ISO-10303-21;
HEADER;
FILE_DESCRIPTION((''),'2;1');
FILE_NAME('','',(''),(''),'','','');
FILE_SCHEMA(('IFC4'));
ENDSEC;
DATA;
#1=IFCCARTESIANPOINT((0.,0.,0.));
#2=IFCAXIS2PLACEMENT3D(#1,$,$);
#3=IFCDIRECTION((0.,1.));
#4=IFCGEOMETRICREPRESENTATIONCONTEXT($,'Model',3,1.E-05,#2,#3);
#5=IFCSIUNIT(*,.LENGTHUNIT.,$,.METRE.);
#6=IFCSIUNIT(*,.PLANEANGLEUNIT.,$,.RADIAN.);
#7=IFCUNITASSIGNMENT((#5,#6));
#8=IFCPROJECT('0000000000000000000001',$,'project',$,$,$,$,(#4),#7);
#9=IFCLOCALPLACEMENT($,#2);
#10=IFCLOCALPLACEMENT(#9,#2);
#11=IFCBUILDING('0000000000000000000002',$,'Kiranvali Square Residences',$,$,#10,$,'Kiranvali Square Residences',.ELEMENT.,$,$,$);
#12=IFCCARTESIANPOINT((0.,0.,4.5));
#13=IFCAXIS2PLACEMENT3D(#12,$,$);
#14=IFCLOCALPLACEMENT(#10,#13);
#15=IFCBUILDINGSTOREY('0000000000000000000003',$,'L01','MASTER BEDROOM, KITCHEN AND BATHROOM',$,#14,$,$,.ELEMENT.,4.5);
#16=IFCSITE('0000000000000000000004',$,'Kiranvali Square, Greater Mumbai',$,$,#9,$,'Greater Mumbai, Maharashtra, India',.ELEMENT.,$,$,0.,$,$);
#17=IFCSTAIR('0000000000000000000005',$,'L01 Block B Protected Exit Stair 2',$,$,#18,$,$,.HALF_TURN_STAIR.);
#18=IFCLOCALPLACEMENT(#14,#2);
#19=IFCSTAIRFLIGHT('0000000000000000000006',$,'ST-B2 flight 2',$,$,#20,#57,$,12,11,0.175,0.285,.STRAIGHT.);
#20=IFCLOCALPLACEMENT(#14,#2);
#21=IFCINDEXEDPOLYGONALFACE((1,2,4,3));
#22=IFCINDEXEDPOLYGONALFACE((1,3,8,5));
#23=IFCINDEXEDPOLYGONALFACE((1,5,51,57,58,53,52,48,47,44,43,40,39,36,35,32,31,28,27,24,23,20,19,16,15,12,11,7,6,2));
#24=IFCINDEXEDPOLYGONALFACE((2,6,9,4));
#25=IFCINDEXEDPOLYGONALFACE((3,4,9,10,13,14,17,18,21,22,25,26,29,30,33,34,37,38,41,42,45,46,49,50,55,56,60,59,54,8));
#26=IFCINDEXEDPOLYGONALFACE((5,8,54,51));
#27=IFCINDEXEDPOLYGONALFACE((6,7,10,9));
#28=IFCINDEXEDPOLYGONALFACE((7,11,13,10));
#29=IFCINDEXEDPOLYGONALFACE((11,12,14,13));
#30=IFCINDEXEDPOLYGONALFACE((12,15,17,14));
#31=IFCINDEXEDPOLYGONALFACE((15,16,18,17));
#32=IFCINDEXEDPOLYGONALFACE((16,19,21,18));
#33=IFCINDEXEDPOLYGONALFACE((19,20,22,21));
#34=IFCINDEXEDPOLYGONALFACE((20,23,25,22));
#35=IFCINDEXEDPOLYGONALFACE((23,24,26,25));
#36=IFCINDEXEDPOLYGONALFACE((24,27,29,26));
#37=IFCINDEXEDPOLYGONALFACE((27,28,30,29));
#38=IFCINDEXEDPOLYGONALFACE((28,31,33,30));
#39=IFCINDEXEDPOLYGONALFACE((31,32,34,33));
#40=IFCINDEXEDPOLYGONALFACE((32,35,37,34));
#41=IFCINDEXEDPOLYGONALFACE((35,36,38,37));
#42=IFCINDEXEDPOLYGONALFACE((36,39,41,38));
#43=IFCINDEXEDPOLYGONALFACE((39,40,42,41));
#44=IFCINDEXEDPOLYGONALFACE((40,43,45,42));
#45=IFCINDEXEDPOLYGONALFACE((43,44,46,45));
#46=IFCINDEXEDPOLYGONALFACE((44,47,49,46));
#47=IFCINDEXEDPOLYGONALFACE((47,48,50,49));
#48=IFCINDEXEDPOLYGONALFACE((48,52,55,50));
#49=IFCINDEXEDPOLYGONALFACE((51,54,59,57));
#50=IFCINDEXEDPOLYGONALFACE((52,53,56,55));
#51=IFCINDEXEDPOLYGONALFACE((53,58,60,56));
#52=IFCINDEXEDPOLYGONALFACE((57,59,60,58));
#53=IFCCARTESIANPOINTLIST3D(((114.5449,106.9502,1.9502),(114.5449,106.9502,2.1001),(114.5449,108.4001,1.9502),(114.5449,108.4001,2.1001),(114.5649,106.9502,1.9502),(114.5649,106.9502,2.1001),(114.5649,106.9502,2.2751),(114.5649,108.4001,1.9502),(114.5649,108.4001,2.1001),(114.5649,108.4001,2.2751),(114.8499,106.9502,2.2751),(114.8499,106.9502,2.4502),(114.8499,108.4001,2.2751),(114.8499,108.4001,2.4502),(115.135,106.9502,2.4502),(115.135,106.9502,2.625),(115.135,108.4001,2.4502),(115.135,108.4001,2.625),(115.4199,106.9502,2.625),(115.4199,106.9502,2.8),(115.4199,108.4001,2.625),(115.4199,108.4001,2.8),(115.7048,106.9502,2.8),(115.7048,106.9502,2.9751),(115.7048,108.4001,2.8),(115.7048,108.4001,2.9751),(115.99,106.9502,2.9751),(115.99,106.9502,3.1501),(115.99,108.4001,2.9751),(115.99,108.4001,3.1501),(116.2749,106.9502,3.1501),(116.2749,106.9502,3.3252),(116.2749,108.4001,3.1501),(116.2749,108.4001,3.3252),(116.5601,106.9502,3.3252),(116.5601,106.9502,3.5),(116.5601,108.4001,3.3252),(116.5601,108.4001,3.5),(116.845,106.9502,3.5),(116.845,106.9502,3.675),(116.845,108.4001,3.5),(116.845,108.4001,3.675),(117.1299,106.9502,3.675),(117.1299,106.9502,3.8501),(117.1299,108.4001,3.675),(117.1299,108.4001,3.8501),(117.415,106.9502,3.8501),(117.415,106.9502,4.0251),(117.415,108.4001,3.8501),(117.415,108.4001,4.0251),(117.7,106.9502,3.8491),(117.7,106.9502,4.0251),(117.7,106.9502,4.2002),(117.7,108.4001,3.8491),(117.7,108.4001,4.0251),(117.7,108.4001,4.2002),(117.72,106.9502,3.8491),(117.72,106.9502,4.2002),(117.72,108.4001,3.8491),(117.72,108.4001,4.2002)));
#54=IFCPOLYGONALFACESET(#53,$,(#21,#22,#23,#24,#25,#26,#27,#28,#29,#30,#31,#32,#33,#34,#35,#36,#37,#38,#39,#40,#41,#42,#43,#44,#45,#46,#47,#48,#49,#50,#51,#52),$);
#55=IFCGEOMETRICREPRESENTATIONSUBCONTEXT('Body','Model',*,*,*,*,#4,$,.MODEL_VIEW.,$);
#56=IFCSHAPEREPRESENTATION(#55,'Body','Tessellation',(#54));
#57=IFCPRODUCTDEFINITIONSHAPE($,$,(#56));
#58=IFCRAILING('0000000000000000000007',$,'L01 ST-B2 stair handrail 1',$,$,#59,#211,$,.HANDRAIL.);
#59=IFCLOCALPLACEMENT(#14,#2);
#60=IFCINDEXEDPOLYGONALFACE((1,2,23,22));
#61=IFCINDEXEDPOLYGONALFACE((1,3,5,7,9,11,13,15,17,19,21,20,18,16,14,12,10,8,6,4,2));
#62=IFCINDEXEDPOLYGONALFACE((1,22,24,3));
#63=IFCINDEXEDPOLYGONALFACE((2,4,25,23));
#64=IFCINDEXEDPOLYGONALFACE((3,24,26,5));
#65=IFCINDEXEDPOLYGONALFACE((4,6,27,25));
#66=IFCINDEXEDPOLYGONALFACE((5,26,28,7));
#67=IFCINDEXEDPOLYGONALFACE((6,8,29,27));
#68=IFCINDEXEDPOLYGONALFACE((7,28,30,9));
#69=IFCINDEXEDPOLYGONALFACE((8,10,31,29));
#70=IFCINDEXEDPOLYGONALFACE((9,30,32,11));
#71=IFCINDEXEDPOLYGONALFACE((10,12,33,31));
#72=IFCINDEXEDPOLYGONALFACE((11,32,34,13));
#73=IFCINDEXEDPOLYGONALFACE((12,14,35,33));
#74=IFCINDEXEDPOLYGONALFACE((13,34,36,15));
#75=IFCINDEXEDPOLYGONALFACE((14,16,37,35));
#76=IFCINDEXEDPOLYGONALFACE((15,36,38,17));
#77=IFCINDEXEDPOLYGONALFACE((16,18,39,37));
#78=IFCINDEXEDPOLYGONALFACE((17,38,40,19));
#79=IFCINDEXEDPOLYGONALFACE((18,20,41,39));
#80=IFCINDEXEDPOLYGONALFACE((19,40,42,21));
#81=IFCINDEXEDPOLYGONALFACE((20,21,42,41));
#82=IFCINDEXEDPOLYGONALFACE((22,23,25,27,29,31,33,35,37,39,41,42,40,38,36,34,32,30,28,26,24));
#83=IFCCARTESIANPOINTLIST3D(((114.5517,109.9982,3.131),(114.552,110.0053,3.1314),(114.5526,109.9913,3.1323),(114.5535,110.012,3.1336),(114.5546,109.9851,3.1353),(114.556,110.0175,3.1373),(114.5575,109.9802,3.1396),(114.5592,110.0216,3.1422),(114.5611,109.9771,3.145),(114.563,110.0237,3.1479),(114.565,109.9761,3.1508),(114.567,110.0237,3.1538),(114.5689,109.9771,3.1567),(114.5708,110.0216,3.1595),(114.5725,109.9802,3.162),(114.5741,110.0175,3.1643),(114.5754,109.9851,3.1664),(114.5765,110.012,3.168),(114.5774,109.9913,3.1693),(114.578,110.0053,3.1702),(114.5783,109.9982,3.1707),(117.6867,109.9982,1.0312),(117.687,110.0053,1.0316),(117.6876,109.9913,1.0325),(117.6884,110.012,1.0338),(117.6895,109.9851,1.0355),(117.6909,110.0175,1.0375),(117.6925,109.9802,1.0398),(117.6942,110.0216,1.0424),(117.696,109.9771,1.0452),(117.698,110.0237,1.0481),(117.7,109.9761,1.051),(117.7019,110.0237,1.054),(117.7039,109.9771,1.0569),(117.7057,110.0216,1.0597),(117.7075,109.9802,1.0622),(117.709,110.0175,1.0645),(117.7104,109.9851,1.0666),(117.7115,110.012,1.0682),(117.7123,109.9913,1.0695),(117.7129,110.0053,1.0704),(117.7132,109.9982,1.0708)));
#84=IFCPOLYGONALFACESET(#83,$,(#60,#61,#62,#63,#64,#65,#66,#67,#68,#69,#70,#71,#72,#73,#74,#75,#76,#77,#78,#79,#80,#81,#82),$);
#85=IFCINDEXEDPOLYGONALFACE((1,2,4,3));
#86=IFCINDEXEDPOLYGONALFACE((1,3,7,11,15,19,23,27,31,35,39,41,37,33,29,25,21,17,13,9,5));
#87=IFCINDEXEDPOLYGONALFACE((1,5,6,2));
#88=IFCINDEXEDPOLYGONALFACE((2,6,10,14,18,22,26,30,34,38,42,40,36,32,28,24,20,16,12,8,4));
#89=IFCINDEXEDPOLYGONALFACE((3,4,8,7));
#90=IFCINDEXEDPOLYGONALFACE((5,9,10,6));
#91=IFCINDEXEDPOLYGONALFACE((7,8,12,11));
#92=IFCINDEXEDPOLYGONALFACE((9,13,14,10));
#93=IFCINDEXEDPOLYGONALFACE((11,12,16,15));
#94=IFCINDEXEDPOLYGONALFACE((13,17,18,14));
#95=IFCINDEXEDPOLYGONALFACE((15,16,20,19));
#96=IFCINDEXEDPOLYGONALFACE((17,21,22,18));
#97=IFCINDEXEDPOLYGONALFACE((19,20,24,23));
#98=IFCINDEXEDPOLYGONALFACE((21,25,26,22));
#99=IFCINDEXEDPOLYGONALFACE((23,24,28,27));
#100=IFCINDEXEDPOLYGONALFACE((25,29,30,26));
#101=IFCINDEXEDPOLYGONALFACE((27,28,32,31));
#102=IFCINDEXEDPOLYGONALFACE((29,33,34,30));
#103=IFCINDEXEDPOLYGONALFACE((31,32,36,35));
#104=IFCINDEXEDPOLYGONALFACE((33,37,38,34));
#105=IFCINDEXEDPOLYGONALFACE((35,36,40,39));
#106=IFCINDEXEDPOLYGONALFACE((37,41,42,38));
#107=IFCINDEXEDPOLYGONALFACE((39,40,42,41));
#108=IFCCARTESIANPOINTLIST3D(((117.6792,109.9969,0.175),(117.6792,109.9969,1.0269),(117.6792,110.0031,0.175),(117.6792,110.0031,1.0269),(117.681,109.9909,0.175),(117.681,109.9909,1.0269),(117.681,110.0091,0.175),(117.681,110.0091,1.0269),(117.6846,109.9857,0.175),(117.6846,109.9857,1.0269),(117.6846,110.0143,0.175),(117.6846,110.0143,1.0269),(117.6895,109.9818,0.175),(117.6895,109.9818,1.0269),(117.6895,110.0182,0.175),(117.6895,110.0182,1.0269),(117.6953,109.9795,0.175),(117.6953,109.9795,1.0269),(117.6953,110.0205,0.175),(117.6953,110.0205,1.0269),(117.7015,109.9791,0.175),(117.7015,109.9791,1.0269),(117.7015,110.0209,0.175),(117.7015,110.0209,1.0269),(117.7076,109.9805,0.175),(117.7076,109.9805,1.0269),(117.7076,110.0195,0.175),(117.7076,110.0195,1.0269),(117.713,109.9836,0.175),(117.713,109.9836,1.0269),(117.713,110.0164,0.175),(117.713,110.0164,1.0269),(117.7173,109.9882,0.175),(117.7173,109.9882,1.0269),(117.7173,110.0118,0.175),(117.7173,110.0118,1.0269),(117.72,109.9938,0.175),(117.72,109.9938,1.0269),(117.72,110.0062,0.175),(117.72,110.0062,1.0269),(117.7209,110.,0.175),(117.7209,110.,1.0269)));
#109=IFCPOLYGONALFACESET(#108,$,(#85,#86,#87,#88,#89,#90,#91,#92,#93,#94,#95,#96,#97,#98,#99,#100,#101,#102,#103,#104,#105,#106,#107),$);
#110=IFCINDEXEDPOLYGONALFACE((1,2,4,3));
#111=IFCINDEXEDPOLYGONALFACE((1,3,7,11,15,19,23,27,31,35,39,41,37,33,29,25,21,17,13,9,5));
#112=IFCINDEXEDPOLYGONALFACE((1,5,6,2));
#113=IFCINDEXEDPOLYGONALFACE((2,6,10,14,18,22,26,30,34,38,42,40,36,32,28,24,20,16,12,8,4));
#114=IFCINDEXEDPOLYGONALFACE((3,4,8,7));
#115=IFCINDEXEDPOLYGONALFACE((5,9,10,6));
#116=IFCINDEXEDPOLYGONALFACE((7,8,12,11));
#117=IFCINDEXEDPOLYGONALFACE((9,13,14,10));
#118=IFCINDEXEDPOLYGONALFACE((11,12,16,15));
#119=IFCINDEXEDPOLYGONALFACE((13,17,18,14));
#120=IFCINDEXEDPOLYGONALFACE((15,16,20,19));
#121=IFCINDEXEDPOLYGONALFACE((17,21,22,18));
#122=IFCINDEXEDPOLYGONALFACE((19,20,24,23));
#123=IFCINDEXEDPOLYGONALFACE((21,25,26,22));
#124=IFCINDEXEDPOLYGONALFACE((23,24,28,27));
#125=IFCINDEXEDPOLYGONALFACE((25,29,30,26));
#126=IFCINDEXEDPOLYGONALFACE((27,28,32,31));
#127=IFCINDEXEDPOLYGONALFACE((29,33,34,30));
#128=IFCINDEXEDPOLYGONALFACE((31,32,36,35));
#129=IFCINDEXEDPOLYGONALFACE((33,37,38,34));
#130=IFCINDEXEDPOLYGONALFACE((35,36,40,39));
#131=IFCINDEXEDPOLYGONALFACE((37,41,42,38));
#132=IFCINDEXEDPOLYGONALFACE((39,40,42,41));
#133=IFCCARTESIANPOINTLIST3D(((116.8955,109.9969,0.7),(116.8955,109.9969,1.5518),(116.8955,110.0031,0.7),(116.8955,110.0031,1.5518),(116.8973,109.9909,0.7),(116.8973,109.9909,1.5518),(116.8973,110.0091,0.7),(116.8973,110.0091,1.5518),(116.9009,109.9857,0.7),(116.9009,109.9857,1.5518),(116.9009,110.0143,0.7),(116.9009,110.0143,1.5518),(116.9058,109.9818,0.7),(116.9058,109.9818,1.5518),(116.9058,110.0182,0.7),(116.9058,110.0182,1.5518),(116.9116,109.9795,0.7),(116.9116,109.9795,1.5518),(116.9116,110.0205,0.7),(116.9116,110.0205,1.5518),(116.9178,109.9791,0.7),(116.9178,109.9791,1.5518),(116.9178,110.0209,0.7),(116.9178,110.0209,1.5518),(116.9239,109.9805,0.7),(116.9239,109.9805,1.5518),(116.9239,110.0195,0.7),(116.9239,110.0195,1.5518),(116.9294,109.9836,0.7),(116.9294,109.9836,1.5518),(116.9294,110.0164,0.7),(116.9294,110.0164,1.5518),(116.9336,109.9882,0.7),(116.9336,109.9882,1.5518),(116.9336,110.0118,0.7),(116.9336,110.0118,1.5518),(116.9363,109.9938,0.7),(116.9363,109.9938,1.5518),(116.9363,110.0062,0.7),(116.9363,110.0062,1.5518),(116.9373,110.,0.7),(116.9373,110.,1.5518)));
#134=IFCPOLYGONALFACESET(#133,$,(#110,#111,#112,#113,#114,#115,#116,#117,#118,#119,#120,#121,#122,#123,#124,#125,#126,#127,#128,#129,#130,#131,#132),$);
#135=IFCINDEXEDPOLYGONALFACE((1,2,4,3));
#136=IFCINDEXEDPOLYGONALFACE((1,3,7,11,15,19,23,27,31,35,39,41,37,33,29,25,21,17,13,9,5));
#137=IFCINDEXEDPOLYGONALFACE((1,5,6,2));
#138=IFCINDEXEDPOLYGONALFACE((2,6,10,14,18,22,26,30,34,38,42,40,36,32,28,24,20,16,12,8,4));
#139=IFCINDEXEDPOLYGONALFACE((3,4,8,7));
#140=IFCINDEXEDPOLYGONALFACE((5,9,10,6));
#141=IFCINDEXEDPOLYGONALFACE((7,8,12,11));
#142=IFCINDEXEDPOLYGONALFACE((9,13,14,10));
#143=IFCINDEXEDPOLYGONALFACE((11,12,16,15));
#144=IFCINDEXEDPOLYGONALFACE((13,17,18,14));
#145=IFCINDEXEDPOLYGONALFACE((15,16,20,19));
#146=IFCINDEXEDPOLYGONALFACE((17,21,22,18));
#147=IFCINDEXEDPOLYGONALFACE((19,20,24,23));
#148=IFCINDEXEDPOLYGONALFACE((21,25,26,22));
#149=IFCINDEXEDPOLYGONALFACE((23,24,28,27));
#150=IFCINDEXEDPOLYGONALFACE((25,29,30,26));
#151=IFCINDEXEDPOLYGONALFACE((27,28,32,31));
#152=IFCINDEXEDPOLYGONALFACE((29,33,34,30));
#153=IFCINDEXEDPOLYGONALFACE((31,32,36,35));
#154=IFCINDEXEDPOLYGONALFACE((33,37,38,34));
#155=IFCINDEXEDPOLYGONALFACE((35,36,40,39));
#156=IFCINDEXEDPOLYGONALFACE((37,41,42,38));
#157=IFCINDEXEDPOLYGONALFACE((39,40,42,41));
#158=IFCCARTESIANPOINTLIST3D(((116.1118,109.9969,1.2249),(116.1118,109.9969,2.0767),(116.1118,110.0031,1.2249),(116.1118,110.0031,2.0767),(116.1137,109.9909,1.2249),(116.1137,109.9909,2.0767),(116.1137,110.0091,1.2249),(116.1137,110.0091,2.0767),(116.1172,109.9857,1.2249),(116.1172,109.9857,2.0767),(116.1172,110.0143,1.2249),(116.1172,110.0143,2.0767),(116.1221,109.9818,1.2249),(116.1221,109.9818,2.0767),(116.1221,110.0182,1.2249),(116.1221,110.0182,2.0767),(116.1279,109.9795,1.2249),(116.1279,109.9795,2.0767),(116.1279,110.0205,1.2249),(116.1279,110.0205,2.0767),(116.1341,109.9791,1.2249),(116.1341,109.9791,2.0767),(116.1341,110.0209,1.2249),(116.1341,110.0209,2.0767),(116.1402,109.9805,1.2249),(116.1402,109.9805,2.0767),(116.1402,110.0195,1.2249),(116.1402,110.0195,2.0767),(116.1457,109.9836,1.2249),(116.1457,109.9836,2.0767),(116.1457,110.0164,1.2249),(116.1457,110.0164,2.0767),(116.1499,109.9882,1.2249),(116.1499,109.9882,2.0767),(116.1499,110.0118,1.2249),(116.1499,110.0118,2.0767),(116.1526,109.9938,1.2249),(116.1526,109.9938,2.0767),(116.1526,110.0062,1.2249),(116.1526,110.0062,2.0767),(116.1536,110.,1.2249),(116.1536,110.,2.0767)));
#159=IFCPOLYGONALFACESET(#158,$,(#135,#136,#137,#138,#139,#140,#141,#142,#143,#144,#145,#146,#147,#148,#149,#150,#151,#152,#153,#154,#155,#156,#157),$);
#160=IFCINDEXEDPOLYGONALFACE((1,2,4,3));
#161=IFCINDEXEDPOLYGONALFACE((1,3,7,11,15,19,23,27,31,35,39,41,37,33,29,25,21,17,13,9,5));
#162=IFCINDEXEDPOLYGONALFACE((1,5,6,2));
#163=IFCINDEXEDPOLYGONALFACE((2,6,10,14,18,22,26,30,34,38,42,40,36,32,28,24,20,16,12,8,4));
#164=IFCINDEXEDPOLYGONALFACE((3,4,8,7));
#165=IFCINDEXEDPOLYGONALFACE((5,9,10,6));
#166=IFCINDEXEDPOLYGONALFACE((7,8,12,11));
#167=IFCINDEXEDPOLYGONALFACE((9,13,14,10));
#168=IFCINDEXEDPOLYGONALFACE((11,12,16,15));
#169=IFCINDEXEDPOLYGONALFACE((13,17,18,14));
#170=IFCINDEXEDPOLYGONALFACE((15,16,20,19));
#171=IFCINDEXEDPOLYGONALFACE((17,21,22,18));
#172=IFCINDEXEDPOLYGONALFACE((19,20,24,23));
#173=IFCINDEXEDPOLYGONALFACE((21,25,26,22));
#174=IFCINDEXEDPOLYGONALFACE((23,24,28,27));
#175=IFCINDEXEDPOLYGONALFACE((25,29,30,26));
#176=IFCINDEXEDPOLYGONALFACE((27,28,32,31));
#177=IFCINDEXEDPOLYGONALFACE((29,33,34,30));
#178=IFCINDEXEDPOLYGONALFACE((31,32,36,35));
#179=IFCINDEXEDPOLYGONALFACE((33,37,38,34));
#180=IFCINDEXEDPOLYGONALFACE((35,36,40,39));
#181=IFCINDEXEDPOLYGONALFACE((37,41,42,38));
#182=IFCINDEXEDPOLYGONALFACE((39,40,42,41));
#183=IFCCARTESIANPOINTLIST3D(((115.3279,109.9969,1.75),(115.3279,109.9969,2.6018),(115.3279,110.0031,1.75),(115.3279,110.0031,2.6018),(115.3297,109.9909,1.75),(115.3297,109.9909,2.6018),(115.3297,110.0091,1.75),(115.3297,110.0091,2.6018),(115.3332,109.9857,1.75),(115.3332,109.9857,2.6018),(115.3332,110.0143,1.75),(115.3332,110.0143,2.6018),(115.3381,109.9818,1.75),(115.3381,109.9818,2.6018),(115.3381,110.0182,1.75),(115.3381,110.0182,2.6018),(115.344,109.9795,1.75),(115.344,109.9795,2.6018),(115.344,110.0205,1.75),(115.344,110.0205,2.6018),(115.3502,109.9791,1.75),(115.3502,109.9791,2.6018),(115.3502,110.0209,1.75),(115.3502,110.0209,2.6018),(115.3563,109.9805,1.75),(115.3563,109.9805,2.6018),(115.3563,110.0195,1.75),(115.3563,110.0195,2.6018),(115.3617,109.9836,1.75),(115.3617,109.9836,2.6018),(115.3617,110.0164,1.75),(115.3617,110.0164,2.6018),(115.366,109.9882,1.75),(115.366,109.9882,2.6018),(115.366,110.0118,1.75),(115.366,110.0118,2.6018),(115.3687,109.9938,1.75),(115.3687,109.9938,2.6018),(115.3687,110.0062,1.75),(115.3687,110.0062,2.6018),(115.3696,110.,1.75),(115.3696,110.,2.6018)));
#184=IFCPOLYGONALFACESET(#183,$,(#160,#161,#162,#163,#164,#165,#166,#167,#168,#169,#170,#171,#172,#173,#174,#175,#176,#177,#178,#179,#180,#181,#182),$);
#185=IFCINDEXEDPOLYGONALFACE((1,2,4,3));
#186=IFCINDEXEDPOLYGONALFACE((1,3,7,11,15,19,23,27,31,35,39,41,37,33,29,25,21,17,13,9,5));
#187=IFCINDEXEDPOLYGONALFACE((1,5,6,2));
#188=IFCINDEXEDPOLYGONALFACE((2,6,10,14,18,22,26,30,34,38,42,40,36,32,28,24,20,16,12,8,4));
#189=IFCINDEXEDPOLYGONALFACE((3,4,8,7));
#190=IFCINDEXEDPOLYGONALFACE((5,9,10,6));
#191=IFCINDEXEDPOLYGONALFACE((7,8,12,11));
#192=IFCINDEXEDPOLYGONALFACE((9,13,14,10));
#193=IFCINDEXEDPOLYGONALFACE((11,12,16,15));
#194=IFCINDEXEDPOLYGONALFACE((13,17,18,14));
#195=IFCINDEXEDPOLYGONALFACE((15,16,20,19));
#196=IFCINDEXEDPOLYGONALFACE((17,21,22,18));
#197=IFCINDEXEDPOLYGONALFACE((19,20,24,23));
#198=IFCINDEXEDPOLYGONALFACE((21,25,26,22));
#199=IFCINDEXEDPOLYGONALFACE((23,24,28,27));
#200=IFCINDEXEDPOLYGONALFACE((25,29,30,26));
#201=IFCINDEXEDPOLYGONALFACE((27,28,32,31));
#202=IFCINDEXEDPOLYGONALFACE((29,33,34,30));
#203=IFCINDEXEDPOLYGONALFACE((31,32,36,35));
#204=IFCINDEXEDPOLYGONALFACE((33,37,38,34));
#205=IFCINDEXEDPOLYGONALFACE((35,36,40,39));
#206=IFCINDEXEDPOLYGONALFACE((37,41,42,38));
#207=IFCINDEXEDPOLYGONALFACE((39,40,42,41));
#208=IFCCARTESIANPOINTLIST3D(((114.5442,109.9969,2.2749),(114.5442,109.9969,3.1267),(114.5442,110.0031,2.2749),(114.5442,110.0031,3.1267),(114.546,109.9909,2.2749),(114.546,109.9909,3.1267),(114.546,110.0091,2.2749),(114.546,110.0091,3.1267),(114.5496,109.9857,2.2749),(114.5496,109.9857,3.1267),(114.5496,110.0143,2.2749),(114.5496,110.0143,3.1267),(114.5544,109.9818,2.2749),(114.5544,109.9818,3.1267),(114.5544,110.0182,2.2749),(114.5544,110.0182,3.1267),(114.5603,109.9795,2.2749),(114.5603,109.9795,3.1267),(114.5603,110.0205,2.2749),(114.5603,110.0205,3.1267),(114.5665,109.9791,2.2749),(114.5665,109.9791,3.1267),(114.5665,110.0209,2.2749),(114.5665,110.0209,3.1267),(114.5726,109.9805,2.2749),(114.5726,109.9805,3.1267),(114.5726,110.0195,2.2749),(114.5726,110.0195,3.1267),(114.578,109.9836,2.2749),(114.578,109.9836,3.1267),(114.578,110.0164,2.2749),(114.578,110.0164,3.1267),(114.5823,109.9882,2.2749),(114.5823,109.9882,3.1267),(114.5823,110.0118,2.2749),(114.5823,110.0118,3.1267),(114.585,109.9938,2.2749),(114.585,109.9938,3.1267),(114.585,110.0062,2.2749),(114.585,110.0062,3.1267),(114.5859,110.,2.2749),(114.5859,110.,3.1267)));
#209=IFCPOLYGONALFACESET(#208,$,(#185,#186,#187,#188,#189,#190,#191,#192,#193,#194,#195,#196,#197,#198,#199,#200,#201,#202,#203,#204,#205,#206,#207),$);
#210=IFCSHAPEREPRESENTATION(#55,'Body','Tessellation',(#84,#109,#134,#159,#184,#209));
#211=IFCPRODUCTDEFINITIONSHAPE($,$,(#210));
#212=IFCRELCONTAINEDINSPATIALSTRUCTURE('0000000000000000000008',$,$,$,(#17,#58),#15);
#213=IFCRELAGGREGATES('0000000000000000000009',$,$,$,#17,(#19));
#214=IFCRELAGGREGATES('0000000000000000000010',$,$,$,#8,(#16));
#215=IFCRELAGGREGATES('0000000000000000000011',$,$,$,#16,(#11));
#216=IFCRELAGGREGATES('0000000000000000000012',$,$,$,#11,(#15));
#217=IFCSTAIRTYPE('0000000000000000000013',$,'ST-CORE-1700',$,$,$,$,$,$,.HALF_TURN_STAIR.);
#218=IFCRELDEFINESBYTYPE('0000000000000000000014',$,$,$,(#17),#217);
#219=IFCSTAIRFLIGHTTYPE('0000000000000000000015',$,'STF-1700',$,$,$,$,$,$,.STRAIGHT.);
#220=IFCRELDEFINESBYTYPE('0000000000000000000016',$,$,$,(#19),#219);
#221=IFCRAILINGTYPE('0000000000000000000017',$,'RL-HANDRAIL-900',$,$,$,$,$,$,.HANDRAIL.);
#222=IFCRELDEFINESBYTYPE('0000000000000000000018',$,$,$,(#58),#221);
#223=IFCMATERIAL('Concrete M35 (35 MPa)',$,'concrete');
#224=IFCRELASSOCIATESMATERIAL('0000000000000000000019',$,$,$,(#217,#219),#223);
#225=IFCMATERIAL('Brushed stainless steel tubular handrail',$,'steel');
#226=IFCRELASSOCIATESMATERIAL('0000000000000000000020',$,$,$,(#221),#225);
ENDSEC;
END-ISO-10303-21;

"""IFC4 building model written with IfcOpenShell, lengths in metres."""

from ifc_helpers import new_model, si_unit, direction, frame, origin, origin_2d, place, context, subcontext, project, spatial, polyline, circle, outline, extrude, material, type_object, element, aggregate, save


model = new_model("IFC4")

# Units and contexts
model_context = context("Model", 3, precision=1e-05, world=origin(), true_north=direction((0.0, 1.0)))
body_context = subcontext(model_context, "Body", "Model", "MODEL_VIEW")
ifc_project = project(units=[si_unit("LENGTHUNIT", "METRE"), si_unit("PLANEANGLEUNIT", "RADIAN")], contexts=[model_context])

# Site, building, storey
site_placement = place(None, origin())
site = spatial("IfcSite", under=ifc_project, at=site_placement, Name="Kiranvali Square, Greater Mumbai", LongName="Greater Mumbai, Maharashtra, India", CompositionType="ELEMENT", RefElevation=0.0)
building_placement = place(site_placement, origin())
building = spatial("IfcBuilding", under=site, at=building_placement, Name="Kiranvali Square Residences", LongName="Kiranvali Square Residences", CompositionType="ELEMENT")
storey_placement = place(building_placement, frame((0.0, 0.0, 4.5)))
storey = spatial("IfcBuildingStorey", under=building, at=storey_placement, Name="L01", Description="MASTER BEDROOM, KITCHEN AND BATHROOM", CompositionType="ELEMENT", Elevation=4.5)

# Stair, stair flight
ifc_material_1 = material(Name="Concrete M35 (35 MPa)", Category="concrete")
stair_type = type_object("IfcStairType", Name="ST-CORE-1700", PredefinedType="HALF_TURN_STAIR", material=ifc_material_1)
stair_placement = place(storey_placement, origin())
stair = element("IfcStair", 1, at=stair_placement, inside=storey, type_object=stair_type, Name="L01 Block B Protected Exit Stair 2", PredefinedType="HALF_TURN_STAIR")
stair_flight_type = type_object("IfcStairFlightType", Name="STF-1700", PredefinedType="STRAIGHT", material=ifc_material_1)
stair_flight_1_placement = place(storey_placement, frame((114.5649, 107.675, 2.1001), z_axis=(0.0, 0.0, 1.0), x_axis=(1.0, 0.0, 0.0)))
stair_flight_1 = element("IfcStairFlight", 2, at=stair_flight_1_placement, type_object=stair_flight_type, Name="ST-B2 flight 2", NumberOfRisers=12, NumberOfTreads=11, PredefinedType="STRAIGHT", RiserHeight=0.175, TreadLength=0.285, context=body_context, shape_type="SweptSolid", body=[
    extrude(outline(polyline([(-0.02, -0.1499), (-0.02, 0.0), (0.0, 0.0), (0.0, 0.175), (0.2849, 0.175), (0.2849, 0.3501), (0.5701, 0.3501), (0.5701, 0.5249), (0.855, 0.5249), (0.855, 0.7), (1.1399, 0.7), (1.1399, 0.875), (1.425, 0.875), (1.425, 1.05), (1.71, 1.05), (1.71, 1.2251), (1.9951, 1.2251), (1.9951, 1.3999), (2.28, 1.3999), (2.28, 1.575), (2.5649, 1.575), (2.5649, 1.75), (2.8501, 1.75), (2.8501, 1.925), (3.135, 1.925), (3.135, 2.1001), (3.155, 2.1001), (3.155, 1.749), (3.135, 1.749), (0.0, -0.1499), (-0.02, -0.1499)])), frame((0.0, 0.7251, 0.0), z_axis=(0.0, -1.0, 0.0), x_axis=(1.0, 0.0, 0.0)), (0.0, 0.0, 1.0), 1.45),
])
aggregate(stair, [stair_flight_1])

# Railing
ifc_material_2 = material(Name="Brushed stainless steel tubular handrail", Category="steel")
railing_type_1 = type_object("IfcRailingType", Name="RL-HANDRAIL-900", PredefinedType="HANDRAIL", material=ifc_material_2)
railing_1_placement = place(storey_placement, frame((117.7, 110.0, 0.175)))
element("IfcRailing", 3, at=railing_1_placement, inside=storey, type_object=railing_type_1, Name="L01 ST-B2 stair handrail 1", PredefinedType="HANDRAIL", context=body_context, shape_type="SweptSolid", body=[
    extrude(circle(Radius=0.0239, at=origin_2d()), frame((0.0, 0.0, 0.876), z_axis=(-0.830844, 0.0, 0.556506), x_axis=(0.0, -1.0, 0.0)), (0.0, 0.0, 1.0), 3.7732),
    extrude(circle(Radius=0.021, at=origin_2d()), origin(), (0.0, 0.0, 1.0), 0.8518),
    extrude(circle(Radius=0.021, at=origin_2d()), frame((-0.7837, 0.0, 0.5249)), (0.0, 0.0, 1.0), 0.8518),
    extrude(circle(Radius=0.021, at=origin_2d()), frame((-1.5674, 0.0, 1.0498)), (0.0, 0.0, 1.0), 0.8518),
    extrude(circle(Radius=0.021, at=origin_2d()), frame((-2.3513, 0.0, 1.575)), (0.0, 0.0, 1.0), 0.8518),
    extrude(circle(Radius=0.021, at=origin_2d()), frame((-3.135, 0.0, 2.0999)), (0.0, 0.0, 1.0), 0.8518),
])

save(model, "model.ifc")
